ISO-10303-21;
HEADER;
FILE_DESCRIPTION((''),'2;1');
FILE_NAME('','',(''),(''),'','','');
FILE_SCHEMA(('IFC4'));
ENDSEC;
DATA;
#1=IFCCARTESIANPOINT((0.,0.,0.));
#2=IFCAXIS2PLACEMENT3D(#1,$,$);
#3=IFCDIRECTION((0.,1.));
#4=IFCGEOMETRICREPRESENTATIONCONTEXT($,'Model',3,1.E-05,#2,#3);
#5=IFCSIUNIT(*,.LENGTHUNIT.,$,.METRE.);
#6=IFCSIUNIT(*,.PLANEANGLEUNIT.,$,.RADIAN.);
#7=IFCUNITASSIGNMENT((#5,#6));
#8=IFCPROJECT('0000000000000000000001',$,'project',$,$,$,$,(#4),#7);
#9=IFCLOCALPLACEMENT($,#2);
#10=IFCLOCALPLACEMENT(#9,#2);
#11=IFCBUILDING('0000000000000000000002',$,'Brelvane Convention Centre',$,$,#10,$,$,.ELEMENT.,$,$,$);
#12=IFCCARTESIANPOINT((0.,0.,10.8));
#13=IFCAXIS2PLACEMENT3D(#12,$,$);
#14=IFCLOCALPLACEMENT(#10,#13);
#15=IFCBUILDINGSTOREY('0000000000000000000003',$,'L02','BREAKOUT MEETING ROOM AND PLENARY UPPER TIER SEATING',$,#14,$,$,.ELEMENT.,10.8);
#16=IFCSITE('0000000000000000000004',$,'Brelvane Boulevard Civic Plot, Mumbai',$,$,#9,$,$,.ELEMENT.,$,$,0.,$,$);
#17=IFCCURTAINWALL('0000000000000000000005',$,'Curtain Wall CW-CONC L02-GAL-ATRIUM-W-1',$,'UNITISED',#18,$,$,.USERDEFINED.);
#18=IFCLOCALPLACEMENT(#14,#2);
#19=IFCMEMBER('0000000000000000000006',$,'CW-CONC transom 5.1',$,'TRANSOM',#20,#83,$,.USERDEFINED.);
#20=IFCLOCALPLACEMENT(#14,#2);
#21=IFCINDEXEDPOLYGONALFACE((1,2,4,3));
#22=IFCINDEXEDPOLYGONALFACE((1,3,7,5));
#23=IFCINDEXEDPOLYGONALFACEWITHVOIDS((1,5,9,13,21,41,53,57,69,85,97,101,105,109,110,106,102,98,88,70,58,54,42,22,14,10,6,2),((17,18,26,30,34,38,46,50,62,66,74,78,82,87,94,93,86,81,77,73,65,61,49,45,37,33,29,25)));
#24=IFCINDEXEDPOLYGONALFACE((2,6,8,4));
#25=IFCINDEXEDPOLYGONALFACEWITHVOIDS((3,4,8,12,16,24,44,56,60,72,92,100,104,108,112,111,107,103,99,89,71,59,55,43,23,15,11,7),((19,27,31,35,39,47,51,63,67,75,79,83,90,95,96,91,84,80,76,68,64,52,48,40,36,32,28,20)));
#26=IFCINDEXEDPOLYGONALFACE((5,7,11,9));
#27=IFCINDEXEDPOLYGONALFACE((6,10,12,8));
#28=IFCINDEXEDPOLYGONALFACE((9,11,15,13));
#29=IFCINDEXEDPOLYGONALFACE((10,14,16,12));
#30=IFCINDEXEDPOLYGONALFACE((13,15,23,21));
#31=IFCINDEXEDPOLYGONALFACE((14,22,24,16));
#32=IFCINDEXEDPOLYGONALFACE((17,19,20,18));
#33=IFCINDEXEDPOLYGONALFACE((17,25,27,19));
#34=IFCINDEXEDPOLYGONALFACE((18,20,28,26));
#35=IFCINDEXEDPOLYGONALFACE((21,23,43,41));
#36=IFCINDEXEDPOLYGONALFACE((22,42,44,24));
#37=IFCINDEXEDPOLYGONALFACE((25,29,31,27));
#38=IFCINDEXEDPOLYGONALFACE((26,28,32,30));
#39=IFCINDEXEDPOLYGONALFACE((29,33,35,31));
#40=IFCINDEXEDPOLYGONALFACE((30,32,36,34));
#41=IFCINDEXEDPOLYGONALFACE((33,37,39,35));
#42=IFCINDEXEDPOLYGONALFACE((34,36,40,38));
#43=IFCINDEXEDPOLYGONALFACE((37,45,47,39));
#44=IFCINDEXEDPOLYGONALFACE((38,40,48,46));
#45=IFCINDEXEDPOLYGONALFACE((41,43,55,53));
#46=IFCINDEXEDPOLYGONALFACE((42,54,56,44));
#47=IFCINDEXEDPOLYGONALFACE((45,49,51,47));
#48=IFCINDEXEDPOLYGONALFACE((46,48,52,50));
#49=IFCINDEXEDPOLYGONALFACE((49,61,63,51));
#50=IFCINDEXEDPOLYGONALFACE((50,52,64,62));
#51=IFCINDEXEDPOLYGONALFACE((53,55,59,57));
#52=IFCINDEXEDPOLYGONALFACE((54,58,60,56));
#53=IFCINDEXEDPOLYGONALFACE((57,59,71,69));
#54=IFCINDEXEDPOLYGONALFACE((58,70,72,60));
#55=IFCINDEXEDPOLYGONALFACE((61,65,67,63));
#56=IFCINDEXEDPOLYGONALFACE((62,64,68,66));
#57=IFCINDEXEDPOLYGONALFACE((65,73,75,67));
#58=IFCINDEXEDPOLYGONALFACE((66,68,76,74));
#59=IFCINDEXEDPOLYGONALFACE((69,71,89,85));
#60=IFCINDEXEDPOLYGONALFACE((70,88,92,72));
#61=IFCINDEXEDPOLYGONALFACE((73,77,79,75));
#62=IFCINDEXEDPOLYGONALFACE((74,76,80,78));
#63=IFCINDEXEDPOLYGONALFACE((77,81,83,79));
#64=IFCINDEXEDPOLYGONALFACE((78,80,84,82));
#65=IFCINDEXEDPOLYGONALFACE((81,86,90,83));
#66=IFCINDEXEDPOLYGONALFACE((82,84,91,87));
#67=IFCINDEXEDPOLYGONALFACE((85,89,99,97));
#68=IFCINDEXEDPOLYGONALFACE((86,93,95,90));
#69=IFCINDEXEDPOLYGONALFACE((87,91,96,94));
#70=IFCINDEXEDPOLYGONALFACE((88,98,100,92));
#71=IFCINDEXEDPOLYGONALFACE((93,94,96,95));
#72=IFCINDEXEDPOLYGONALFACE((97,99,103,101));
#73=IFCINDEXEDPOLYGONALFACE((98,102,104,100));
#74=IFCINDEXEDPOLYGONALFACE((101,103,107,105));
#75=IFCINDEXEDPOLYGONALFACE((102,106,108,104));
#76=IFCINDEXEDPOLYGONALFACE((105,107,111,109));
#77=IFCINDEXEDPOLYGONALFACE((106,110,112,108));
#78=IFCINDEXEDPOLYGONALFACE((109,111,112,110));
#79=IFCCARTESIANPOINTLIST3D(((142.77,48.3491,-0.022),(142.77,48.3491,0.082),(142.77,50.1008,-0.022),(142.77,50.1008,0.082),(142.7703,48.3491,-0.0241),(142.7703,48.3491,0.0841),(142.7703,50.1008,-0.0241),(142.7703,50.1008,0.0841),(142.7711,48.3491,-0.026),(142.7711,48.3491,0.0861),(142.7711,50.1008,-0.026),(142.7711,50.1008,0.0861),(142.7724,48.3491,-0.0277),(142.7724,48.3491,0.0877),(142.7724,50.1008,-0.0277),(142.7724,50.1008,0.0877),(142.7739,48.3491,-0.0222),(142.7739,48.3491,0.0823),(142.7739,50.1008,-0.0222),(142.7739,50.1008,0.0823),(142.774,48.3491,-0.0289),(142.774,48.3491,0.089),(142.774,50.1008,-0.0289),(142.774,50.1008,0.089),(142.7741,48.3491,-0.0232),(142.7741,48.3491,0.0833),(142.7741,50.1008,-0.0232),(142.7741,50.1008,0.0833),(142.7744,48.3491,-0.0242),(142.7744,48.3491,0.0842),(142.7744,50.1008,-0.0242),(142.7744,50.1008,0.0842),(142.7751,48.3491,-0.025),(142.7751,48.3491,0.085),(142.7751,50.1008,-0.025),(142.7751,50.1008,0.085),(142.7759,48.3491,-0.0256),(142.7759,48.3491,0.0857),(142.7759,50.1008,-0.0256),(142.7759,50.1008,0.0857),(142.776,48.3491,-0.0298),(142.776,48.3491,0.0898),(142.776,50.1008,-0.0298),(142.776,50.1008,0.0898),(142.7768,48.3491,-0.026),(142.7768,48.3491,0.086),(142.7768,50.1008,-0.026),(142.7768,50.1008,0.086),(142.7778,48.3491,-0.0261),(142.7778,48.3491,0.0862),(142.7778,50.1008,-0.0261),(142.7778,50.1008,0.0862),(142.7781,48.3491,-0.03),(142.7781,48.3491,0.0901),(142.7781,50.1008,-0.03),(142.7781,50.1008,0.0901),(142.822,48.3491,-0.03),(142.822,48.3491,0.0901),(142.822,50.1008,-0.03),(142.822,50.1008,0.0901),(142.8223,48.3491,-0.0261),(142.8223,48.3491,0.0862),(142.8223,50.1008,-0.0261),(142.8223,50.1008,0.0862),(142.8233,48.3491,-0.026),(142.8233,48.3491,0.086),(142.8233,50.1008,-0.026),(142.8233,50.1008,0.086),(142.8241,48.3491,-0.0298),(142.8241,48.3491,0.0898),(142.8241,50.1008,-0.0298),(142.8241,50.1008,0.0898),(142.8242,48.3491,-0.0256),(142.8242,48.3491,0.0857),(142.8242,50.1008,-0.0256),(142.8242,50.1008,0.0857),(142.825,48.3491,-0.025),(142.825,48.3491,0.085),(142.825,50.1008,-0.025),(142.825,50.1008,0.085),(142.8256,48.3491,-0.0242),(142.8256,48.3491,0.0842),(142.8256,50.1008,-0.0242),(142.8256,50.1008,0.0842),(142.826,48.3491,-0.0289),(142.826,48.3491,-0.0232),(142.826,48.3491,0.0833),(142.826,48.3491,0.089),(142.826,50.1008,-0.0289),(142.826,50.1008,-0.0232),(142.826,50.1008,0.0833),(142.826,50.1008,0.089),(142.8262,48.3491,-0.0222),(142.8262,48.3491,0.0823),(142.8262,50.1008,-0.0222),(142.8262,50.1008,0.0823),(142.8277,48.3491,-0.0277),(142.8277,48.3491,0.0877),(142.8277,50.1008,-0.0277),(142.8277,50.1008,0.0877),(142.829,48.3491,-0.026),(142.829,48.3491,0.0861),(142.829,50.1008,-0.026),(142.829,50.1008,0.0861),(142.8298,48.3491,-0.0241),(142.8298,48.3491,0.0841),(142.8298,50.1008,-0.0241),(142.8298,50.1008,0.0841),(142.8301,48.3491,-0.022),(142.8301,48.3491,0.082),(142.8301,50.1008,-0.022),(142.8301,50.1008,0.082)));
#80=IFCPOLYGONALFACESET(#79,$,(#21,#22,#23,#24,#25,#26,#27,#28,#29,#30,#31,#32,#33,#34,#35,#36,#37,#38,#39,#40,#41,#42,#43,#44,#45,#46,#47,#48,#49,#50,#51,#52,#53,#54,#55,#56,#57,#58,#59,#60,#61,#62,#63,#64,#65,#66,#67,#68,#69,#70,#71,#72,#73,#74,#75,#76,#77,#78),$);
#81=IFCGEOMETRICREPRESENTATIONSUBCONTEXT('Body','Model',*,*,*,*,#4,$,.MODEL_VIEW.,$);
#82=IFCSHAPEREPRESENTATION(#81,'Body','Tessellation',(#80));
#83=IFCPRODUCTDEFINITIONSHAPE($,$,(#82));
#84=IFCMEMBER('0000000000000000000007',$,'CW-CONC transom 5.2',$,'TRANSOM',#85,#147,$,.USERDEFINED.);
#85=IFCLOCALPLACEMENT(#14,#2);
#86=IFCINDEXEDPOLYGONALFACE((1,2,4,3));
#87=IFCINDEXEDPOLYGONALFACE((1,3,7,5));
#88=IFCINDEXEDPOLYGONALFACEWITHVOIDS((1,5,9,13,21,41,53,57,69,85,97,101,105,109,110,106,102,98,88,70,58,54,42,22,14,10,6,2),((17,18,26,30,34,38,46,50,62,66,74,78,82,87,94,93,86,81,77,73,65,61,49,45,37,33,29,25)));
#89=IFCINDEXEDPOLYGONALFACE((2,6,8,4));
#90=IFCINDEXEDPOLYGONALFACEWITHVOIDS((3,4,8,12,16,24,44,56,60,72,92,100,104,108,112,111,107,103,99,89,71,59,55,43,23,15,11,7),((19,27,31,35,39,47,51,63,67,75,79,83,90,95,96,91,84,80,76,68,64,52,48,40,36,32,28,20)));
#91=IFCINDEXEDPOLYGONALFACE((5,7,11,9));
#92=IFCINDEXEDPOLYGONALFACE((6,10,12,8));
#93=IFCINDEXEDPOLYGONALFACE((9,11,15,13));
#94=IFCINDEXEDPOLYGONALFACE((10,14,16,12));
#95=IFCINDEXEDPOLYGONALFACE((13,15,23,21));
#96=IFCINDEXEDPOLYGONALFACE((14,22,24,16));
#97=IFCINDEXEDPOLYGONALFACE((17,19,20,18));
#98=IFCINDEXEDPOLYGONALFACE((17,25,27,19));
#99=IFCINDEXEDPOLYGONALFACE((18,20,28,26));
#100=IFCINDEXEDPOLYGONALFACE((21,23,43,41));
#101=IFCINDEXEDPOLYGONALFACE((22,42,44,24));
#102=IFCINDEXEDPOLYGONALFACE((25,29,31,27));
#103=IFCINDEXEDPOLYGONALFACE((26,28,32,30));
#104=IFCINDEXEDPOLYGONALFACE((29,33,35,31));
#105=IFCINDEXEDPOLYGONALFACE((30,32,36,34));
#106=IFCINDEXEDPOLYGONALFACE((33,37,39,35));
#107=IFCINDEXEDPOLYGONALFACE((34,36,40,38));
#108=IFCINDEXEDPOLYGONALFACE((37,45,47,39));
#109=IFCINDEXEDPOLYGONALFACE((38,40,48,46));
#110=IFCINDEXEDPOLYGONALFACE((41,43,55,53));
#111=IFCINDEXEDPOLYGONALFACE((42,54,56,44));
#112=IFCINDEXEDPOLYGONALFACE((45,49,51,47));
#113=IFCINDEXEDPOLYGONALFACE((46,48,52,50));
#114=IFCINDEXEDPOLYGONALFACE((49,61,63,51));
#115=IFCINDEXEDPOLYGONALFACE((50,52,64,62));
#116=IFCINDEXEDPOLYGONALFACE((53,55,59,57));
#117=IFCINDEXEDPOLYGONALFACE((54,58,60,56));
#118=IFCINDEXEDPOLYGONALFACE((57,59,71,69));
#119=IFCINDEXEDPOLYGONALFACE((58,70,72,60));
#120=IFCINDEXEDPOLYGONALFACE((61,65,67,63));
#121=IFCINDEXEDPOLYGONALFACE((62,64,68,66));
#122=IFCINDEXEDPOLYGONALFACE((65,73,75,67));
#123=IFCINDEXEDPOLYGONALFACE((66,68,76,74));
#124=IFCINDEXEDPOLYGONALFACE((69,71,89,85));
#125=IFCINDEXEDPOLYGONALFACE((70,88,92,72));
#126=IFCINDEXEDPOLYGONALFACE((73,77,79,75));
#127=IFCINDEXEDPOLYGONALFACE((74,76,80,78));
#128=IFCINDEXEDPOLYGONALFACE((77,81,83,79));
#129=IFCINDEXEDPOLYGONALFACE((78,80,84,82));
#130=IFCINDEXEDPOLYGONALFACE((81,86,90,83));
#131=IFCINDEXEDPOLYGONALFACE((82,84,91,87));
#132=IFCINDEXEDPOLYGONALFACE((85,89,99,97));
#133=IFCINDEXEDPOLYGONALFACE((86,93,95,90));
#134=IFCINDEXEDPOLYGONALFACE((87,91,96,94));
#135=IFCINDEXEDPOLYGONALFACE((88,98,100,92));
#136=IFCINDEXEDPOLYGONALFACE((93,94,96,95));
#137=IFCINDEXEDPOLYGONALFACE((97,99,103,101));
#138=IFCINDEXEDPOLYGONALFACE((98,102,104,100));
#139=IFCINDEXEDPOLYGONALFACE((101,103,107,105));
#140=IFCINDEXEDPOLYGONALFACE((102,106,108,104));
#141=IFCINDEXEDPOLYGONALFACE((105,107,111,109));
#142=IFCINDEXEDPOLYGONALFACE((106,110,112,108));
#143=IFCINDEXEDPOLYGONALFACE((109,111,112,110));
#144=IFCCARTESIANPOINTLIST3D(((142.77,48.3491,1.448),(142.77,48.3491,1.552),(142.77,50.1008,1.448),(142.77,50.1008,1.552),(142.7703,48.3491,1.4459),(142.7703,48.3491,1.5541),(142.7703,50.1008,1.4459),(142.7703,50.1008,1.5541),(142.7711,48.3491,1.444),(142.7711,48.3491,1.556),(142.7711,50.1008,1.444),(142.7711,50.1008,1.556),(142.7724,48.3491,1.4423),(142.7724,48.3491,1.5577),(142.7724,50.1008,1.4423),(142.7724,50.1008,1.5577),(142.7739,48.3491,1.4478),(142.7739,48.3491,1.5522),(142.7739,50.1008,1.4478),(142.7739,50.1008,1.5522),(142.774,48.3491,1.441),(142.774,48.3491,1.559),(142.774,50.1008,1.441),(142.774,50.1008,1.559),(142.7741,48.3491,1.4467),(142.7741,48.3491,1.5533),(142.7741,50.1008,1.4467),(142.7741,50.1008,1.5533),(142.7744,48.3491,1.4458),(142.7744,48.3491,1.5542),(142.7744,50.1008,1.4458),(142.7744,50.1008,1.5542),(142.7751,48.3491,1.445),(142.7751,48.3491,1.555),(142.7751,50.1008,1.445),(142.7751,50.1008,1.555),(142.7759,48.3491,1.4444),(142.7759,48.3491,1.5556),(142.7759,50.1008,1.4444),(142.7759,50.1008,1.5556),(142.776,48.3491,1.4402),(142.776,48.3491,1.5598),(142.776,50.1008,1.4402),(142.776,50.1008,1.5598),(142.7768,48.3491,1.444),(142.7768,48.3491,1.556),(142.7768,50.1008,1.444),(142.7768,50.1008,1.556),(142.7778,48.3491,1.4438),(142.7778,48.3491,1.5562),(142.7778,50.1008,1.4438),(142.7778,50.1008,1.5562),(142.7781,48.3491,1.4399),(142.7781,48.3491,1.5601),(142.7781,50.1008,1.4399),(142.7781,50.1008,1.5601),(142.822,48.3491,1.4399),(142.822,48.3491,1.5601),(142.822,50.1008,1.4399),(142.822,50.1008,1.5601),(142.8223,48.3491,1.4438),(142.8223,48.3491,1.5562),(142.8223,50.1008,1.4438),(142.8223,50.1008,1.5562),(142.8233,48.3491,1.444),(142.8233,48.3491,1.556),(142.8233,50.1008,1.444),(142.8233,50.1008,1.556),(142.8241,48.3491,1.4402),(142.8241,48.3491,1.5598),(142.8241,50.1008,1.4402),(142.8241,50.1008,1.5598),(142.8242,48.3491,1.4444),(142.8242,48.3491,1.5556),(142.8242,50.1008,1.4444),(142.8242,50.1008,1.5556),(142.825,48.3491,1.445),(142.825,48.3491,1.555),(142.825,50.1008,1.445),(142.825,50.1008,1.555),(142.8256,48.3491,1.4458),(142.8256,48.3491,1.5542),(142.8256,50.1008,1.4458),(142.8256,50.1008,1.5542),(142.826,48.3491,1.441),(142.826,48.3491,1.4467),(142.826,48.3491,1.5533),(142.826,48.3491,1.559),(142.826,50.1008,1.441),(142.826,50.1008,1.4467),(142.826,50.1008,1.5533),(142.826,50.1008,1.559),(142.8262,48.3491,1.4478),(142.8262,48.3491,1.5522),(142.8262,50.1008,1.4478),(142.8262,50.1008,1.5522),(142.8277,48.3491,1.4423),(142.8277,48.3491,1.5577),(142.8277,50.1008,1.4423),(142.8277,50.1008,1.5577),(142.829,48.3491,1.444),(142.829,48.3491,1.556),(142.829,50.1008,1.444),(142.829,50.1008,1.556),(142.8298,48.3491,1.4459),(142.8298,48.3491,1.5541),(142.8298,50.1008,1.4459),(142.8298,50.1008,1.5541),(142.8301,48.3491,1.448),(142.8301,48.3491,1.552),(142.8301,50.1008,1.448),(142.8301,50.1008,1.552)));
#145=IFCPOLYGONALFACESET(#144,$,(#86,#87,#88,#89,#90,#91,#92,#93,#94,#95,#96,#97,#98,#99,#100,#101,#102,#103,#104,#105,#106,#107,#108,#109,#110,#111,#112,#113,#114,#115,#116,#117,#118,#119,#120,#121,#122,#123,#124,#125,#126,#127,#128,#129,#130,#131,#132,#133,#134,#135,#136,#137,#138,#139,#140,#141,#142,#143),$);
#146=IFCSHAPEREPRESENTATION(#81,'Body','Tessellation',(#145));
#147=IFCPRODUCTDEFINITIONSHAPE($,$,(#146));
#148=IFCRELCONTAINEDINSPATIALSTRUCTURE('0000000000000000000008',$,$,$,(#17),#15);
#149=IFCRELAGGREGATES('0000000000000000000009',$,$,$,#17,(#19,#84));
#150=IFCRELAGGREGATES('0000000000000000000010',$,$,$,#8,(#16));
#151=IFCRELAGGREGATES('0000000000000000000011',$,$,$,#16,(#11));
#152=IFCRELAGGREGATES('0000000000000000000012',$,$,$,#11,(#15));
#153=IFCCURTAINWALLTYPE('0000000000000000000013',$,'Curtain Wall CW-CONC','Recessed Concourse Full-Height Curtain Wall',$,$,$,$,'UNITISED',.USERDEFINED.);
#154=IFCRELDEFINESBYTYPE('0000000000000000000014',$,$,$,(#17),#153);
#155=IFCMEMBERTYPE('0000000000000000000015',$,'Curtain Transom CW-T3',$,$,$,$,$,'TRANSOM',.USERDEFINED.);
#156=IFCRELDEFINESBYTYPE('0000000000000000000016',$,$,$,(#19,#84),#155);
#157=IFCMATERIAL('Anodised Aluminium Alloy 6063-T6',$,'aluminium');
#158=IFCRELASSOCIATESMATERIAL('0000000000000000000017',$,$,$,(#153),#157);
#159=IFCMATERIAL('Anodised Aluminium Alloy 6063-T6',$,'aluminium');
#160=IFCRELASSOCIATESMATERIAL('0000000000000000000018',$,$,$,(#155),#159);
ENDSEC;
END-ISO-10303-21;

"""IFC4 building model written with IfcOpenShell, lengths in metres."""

from ifc_helpers import new_model, si_unit, direction, frame, origin, origin_2d, place, context, subcontext, project, spatial, hollow_rectangle, extrude, material, material_profile, profile_set, type_object, element, aggregate, save


model = new_model("IFC4")

# Units and contexts
model_context = context("Model", 3, precision=1e-05, world=origin(), true_north=direction((0.0, 1.0)))
body_context = subcontext(model_context, "Body", "Model", "MODEL_VIEW")
ifc_project = project(units=[si_unit("LENGTHUNIT", "METRE"), si_unit("PLANEANGLEUNIT", "RADIAN")], contexts=[model_context])

# Site, building, storey
site_placement = place(None, origin())
site = spatial("IfcSite", under=ifc_project, at=site_placement, Name="Brelvane Boulevard Civic Plot, Mumbai", CompositionType="ELEMENT", RefElevation=0.0)
building_placement = place(site_placement, origin())
building = spatial("IfcBuilding", under=site, at=building_placement, Name="Brelvane Convention Centre", CompositionType="ELEMENT")
storey_placement = place(building_placement, frame((0.0, 0.0, 10.8)))
storey = spatial("IfcBuildingStorey", under=building, at=storey_placement, Name="L02", Description="BREAKOUT MEETING ROOM AND PLENARY UPPER TIER SEATING", CompositionType="ELEMENT", Elevation=10.8)

# Curtain wall, members
ifc_material_1 = material(Name="Anodised Aluminium Alloy 6063-T6", Category="aluminium")
curtain_wall_type = type_object("IfcCurtainWallType", Name="Curtain Wall CW-CONC", Description="Recessed Concourse Full-Height Curtain Wall", ElementType="UNITISED", PredefinedType="USERDEFINED", material=ifc_material_1)
curtain_wall_placement = place(storey_placement, origin())
curtain_wall = element("IfcCurtainWall", 1, at=curtain_wall_placement, inside=storey, type_object=curtain_wall_type, Name="Curtain Wall CW-CONC L02-GAL-ATRIUM-W-1", ObjectType="UNITISED", PredefinedType="USERDEFINED")
ifc_material_2 = material(Name="Anodised Aluminium Alloy 6063-T6", Category="aluminium")
ifc_material_profile_1 = material_profile(ifc_material_2, hollow_rectangle(XDim=0.0601, YDim=0.1201, WallThickness=0.0039, InnerFilletRadius=0.0039, OuterFilletRadius=0.0081, at=origin_2d()), Name="ALU-T 120x60x4.0")
ifc_profile_set_1 = profile_set([ifc_material_profile_1], Name="Anodised Aluminium Alloy 6063-T6")
member_type_1 = type_object("IfcMemberType", Name="Curtain Transom CW-T3", ElementType="TRANSOM", PredefinedType="USERDEFINED", material=ifc_profile_set_1)
member_1_placement = place(storey_placement, frame((142.8, 48.3491, 0.03), z_axis=(0.0, 1.0, 0.0), x_axis=(-1.0, 0.0, 0.0)))
member_1 = element("IfcMember", 2, at=member_1_placement, type_object=member_type_1, Name="CW-CONC transom 5.1", ObjectType="TRANSOM", PredefinedType="USERDEFINED", context=body_context, shape_type="SweptSolid", body=[
    extrude(hollow_rectangle(XDim=0.0601, YDim=0.1201, WallThickness=0.0039, InnerFilletRadius=0.0039, OuterFilletRadius=0.0081, at=origin_2d()), origin(), (0.0, 0.0, 1.0), 1.7517),
])
member_2_placement = place(storey_placement, frame((142.8, 48.3491, 1.5), z_axis=(0.0, 1.0, 0.0), x_axis=(-1.0, 0.0, 0.0)))
member_2 = element("IfcMember", 3, at=member_2_placement, type_object=member_type_1, Name="CW-CONC transom 5.2", ObjectType="TRANSOM", PredefinedType="USERDEFINED", context=body_context, shape_type="SweptSolid", body=[
    extrude(hollow_rectangle(XDim=0.0601, YDim=0.1201, WallThickness=0.0039, InnerFilletRadius=0.0039, OuterFilletRadius=0.0081, at=origin_2d()), origin(), (0.0, 0.0, 1.0), 1.7517),
])
aggregate(curtain_wall, [member_1, member_2])

save(model, "model.ifc")
